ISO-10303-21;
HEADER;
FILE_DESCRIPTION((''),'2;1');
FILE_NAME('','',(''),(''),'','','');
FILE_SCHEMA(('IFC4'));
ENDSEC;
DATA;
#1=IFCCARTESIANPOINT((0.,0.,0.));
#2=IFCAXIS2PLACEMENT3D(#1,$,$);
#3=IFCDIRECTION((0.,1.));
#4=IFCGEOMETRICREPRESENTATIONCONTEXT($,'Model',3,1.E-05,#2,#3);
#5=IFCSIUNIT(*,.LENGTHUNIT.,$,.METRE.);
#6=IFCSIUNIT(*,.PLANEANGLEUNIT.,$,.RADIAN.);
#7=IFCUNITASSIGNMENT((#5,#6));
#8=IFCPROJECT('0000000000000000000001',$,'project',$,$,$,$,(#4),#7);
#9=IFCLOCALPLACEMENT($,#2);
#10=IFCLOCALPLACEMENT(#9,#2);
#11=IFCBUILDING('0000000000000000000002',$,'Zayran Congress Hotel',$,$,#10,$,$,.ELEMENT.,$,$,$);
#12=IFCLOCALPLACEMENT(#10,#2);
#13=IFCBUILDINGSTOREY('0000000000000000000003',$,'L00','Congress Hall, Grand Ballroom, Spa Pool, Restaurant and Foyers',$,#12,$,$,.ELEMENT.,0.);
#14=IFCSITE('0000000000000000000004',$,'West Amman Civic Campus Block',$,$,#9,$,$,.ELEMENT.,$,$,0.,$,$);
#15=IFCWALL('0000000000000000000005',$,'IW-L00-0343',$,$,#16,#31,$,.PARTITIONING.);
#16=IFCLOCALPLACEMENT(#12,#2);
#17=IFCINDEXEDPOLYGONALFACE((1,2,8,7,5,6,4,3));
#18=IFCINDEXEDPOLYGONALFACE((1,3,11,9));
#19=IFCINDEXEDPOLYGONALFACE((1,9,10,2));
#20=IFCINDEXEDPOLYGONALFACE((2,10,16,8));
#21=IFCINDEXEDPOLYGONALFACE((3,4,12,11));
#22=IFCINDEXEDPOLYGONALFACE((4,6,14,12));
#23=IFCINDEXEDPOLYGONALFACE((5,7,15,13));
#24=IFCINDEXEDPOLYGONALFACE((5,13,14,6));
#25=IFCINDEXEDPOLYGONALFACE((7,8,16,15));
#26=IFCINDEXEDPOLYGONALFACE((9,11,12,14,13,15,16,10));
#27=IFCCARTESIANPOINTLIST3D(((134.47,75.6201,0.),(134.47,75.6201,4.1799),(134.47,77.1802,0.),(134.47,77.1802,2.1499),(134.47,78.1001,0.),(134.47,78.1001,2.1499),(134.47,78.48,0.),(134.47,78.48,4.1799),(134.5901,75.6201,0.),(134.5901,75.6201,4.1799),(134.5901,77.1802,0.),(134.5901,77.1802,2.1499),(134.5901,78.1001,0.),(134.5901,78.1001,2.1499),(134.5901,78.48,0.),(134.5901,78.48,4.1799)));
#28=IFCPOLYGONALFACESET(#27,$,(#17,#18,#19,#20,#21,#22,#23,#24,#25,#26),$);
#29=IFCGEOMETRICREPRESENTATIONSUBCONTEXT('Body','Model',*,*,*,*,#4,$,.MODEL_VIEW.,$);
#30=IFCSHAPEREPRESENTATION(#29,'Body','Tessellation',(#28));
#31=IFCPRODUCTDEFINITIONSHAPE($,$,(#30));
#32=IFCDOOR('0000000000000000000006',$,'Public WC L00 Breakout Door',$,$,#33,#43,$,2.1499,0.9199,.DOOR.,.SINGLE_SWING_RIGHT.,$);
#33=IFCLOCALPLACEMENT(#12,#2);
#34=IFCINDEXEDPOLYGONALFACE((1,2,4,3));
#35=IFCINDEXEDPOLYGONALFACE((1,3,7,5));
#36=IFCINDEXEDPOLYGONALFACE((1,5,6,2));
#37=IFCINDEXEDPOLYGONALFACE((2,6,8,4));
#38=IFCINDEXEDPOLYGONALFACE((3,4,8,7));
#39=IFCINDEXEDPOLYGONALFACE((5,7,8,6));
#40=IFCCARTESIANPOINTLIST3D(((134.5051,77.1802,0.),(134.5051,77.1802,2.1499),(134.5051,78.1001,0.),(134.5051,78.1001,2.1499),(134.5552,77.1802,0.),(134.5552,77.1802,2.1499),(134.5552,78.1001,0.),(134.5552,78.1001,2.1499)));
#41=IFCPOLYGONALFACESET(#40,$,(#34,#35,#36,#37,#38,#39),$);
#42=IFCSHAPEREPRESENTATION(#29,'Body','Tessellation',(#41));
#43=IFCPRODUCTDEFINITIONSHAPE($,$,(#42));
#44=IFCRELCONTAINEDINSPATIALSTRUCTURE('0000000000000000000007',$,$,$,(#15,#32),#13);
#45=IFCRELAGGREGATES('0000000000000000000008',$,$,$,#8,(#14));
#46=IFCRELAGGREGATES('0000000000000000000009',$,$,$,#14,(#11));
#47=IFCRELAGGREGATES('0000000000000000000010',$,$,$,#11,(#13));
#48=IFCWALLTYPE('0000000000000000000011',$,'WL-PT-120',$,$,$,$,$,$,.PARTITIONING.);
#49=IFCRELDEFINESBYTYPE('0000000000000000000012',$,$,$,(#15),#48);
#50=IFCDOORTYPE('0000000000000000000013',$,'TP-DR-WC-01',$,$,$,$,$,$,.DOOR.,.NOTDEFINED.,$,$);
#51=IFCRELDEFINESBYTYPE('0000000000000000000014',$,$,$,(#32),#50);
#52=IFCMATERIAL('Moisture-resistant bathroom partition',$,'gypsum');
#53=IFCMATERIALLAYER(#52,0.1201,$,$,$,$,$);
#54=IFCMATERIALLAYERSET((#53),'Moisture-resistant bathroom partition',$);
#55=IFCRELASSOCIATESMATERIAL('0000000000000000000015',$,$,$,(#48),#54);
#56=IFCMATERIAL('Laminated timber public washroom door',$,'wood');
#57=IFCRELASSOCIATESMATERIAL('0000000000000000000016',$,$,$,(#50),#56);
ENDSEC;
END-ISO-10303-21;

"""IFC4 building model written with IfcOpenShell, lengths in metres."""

from ifc_helpers import new_model, si_unit, direction, frame, frame_2d, origin, place, context, subcontext, project, spatial, rectangle, extrude, material, layer, layer_set, type_object, element, fill, save


model = new_model("IFC4")

# Units and contexts
model_context = context("Model", 3, precision=1e-05, world=origin(), true_north=direction((0.0, 1.0)))
body_context = subcontext(model_context, "Body", "Model", "MODEL_VIEW")
ifc_project = project(units=[si_unit("LENGTHUNIT", "METRE"), si_unit("PLANEANGLEUNIT", "RADIAN")], contexts=[model_context])

# Site, building, storey
site_placement = place(None, origin())
site = spatial("IfcSite", under=ifc_project, at=site_placement, Name="West Amman Civic Campus Block", CompositionType="ELEMENT", RefElevation=0.0)
building_placement = place(site_placement, origin())
building = spatial("IfcBuilding", under=site, at=building_placement, Name="Zayran Congress Hotel", CompositionType="ELEMENT")
storey_placement = place(building_placement, origin())
storey = spatial("IfcBuildingStorey", under=building, at=storey_placement, Name="L00", Description="Congress Hall, Grand Ballroom, Spa Pool, Restaurant and Foyers", CompositionType="ELEMENT", Elevation=0.0)

# Wall, opening, door
ifc_material_1 = material(Name="Moisture-resistant bathroom partition", Category="gypsum")
ifc_layer_1 = layer(ifc_material_1, 0.1201)
ifc_layer_set_1 = layer_set([ifc_layer_1], Name="Moisture-resistant bathroom partition")
wall_type_1 = type_object("IfcWallType", Name="WL-PT-120", PredefinedType="PARTITIONING", material=ifc_layer_set_1)
wall_1_placement = place(storey_placement, frame((134.53, 75.6201, 0.0), z_axis=(0.0, 0.0, 1.0), x_axis=(0.0, 1.0, 0.0)))
wall_1 = element("IfcWall", 1, at=wall_1_placement, inside=storey, type_object=wall_type_1, Name="IW-L00-0343", PredefinedType="PARTITIONING", context=body_context, shape_type="SweptSolid", body=[
    extrude(rectangle(XDim=2.8599, YDim=0.1201, at=frame_2d((1.4299, 0.0))), origin(), (0.0, 0.0, 1.0), 4.1799),
])
opening_1_placement = place(wall_1_placement, frame((1.5601, 0.0, 0.0)))
opening_1 = element("IfcOpeningElement", 2, at=opening_1_placement, cuts=wall_1, PredefinedType="OPENING", context=body_context, shape_type="SweptSolid", body=[
    extrude(rectangle(XDim=0.9199, YDim=2.1499, at=frame_2d((0.46, 1.075))), frame((0.0, 0.0701, 0.0), z_axis=(0.0, -1.0, 0.0), x_axis=(1.0, 0.0, 0.0)), (0.0, 0.0, 1.0), 0.1401),
])
ifc_material_2 = material(Name="Laminated timber public washroom door", Category="wood")
door_type_1 = type_object("IfcDoorType", Name="TP-DR-WC-01", OperationType="NOTDEFINED", PredefinedType="DOOR", material=ifc_material_2)
door_1_placement = place(opening_1_placement, origin())
door_1 = element("IfcDoor", 3, at=door_1_placement, inside=storey, type_object=door_type_1, Name="Public WC L00 Breakout Door", OperationType="SINGLE_SWING_RIGHT", OverallHeight=2.1499, OverallWidth=0.9199, PredefinedType="DOOR", context=body_context, shape_type="SweptSolid", body=[
    extrude(rectangle(XDim=0.9199, YDim=2.1499, at=frame_2d((0.46, 1.075))), frame((0.0, 0.0249, 0.0), z_axis=(0.0, -1.0, 0.0), x_axis=(1.0, 0.0, 0.0)), (0.0, 0.0, 1.0), 0.05),
])
fill(opening_1, door_1)

save(model, "model.ifc")
